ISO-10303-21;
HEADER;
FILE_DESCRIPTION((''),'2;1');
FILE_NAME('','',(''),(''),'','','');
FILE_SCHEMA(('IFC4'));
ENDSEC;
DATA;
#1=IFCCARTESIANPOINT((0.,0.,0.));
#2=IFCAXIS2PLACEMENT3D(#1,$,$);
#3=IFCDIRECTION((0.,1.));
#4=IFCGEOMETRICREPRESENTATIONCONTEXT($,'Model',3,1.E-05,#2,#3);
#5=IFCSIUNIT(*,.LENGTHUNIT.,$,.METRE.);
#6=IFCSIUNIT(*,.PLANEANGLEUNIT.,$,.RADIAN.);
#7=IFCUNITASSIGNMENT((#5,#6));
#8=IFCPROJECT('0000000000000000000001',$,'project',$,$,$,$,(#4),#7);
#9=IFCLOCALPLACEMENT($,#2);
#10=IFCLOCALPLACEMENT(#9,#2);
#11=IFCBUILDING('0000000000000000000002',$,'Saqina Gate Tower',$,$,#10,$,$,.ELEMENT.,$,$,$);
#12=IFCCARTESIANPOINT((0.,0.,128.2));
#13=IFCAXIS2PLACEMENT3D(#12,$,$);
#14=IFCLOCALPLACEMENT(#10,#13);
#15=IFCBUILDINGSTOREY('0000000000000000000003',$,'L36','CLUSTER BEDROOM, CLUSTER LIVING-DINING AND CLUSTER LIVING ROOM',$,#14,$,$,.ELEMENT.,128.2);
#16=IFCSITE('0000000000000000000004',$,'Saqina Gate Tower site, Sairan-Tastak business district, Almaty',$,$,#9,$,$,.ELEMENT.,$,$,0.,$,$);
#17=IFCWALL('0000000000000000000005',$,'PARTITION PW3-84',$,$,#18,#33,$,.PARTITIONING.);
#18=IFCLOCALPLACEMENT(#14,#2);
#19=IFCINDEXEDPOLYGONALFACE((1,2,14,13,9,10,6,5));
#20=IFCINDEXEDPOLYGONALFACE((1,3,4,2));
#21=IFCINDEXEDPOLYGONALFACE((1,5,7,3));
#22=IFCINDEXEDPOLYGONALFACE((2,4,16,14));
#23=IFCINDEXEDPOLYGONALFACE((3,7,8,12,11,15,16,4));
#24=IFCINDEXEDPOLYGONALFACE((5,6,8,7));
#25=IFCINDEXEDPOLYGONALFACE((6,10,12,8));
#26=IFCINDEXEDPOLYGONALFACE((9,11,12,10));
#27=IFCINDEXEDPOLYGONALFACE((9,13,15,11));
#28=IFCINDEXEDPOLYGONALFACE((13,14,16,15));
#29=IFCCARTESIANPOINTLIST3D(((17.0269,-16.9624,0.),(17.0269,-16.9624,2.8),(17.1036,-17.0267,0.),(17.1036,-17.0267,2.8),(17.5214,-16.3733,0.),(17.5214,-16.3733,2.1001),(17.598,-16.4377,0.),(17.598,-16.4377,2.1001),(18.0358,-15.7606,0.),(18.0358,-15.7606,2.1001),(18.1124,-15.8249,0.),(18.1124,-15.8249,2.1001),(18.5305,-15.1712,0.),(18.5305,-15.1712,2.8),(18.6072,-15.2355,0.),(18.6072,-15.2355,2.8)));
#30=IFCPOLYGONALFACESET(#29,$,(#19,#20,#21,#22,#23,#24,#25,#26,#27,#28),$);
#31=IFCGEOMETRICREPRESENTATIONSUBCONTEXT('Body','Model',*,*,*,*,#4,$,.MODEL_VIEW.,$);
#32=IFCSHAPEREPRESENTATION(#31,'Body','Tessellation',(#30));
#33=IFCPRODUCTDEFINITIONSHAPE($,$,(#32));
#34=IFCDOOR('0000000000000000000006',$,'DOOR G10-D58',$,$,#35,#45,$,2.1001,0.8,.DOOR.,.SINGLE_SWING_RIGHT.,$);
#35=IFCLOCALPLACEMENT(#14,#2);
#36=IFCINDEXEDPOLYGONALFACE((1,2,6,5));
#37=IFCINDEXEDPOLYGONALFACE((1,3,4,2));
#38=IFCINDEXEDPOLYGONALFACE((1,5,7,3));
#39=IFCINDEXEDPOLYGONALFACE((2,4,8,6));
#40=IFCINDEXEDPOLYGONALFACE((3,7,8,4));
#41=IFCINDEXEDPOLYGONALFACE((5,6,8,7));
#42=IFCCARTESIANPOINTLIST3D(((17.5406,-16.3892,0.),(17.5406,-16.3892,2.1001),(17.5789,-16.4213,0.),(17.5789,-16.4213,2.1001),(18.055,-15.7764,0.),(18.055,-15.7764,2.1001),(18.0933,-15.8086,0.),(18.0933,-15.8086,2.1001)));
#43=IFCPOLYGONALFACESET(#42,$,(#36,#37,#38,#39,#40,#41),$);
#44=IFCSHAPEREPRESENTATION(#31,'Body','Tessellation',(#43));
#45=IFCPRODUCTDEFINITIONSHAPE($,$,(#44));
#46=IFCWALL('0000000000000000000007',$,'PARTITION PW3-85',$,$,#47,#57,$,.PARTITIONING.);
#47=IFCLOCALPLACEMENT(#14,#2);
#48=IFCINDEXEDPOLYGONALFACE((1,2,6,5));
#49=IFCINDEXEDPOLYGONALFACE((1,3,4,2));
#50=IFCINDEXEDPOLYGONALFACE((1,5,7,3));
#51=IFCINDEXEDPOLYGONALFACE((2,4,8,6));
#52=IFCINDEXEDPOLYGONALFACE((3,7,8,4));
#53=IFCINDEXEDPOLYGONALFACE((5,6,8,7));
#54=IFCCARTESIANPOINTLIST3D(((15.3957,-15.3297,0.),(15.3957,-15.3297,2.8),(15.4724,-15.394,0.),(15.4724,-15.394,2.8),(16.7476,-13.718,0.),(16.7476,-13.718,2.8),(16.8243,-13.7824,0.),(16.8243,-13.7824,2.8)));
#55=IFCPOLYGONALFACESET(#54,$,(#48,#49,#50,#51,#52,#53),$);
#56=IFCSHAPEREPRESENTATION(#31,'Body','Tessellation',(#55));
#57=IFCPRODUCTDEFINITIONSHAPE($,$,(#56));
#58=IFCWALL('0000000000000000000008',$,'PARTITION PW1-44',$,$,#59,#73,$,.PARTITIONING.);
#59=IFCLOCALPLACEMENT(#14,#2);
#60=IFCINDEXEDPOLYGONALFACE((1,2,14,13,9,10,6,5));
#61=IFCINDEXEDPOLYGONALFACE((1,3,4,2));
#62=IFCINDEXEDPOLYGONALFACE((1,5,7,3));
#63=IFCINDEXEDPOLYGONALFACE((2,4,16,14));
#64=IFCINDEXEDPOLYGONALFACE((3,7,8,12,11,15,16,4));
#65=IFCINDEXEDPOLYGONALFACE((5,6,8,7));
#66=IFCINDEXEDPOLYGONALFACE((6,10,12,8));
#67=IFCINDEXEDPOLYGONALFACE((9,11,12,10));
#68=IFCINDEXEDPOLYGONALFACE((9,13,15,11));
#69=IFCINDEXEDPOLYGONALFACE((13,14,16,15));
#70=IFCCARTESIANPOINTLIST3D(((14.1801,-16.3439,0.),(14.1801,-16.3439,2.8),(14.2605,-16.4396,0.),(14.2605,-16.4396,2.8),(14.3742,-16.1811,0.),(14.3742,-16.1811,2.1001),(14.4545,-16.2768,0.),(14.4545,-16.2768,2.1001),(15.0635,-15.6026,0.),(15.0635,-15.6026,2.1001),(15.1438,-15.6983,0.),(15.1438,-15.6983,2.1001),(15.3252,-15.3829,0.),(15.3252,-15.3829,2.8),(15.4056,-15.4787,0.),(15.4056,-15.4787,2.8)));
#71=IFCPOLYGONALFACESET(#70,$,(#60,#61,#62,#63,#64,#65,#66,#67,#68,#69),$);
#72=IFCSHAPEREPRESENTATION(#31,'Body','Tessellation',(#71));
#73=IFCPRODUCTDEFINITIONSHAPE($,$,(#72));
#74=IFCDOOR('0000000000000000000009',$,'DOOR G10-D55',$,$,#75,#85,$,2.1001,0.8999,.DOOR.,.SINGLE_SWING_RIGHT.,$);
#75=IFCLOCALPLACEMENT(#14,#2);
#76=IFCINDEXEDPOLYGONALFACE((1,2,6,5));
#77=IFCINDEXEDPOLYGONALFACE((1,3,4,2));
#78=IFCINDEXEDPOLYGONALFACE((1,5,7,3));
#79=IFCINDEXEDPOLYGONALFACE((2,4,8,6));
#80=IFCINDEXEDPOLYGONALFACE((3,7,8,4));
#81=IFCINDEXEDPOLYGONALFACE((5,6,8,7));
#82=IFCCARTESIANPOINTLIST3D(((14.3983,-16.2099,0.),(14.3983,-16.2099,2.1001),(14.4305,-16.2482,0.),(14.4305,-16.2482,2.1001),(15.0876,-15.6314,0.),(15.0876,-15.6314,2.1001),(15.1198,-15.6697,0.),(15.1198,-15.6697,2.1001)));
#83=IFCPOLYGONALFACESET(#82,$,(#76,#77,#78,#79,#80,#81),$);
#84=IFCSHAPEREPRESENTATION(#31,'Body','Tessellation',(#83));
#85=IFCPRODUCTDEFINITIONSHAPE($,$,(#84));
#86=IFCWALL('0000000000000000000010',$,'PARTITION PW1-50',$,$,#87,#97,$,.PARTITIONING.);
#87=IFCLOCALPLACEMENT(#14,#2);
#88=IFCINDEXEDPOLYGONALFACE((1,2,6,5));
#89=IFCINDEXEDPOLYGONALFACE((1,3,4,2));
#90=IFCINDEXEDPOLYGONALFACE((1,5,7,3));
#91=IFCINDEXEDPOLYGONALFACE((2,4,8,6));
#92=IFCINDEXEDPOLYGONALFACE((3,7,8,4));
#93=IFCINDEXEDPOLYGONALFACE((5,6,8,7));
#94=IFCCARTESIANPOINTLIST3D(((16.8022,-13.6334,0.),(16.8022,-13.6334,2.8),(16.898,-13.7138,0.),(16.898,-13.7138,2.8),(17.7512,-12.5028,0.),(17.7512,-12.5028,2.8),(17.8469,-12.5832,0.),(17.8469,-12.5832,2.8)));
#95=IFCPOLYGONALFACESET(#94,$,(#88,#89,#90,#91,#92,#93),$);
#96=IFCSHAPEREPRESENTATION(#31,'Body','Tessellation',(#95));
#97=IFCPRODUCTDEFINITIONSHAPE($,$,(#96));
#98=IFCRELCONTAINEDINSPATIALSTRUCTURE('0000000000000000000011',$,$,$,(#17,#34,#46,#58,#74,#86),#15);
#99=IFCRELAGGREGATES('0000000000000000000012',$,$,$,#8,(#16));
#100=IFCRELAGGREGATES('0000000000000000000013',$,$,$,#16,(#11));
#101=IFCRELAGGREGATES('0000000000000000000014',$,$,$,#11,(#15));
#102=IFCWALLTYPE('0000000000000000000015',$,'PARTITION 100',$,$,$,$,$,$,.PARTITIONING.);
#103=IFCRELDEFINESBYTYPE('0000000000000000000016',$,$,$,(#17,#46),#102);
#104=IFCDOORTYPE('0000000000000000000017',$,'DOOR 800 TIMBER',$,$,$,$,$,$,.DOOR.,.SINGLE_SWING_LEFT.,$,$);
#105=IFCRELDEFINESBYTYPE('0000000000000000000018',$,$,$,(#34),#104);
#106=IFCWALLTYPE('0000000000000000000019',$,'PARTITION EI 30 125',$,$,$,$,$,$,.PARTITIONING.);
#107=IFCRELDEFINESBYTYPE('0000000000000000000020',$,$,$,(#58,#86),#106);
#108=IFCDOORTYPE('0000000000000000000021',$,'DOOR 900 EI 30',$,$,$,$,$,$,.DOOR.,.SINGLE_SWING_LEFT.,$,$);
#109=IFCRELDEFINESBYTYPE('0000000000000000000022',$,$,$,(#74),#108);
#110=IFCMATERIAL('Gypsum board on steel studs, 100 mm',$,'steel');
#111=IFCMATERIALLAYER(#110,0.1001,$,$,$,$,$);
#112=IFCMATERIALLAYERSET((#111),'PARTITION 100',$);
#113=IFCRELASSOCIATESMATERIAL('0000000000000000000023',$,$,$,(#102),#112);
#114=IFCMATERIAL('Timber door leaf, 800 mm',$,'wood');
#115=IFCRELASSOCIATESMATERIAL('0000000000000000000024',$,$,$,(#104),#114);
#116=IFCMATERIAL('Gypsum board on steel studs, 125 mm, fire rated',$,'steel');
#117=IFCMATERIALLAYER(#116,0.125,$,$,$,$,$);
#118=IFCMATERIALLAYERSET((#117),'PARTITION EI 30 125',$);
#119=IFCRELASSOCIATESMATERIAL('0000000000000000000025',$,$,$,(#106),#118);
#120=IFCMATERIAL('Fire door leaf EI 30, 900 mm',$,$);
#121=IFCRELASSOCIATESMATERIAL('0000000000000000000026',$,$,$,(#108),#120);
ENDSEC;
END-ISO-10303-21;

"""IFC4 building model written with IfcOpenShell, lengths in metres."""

from ifc_helpers import new_model, si_unit, direction, frame, frame_2d, origin, place, context, subcontext, project, spatial, rectangle, extrude, material, layer, layer_set, type_object, element, fill, save


model = new_model("IFC4")

# Units and contexts
model_context = context("Model", 3, precision=1e-05, world=origin(), true_north=direction((0.0, 1.0)))
body_context = subcontext(model_context, "Body", "Model", "MODEL_VIEW")
ifc_project = project(units=[si_unit("LENGTHUNIT", "METRE"), si_unit("PLANEANGLEUNIT", "RADIAN")], contexts=[model_context])

# Site, building, storey
site_placement = place(None, origin())
site = spatial("IfcSite", under=ifc_project, at=site_placement, Name="Saqina Gate Tower site, Sairan-Tastak business district, Almaty", CompositionType="ELEMENT", RefElevation=0.0)
building_placement = place(site_placement, origin())
building = spatial("IfcBuilding", under=site, at=building_placement, Name="Saqina Gate Tower", CompositionType="ELEMENT")
storey_placement = place(building_placement, frame((0.0, 0.0, 128.2)))
storey = spatial("IfcBuildingStorey", under=building, at=storey_placement, Name="L36", Description="CLUSTER BEDROOM, CLUSTER LIVING-DINING AND CLUSTER LIVING ROOM", CompositionType="ELEMENT", Elevation=128.2)

# Shared definitions
ifc_material_1 = material(Name="Gypsum board on steel studs, 100 mm", Category="steel")
ifc_layer_1 = layer(ifc_material_1, 0.1001)
ifc_layer_set_1 = layer_set([ifc_layer_1], Name="PARTITION 100")
wall_type_1 = type_object("IfcWallType", Name="PARTITION 100", PredefinedType="PARTITIONING", material=ifc_layer_set_1)

# Wall, opening, door
wall_1_placement = place(storey_placement, frame((17.0652, -16.9946, 0.0), z_axis=(0.0, 0.0, 1.0), x_axis=(0.642942, 0.765915, 0.0)))
wall_1 = element("IfcWall", 1, at=wall_1_placement, inside=storey, type_object=wall_type_1, Name="PARTITION PW3-84", PredefinedType="PARTITIONING", context=body_context, shape_type="SweptSolid", body=[
    extrude(rectangle(XDim=2.3386, YDim=0.1001, at=frame_2d((1.1694, 0.0))), origin(), (0.0, 0.0, 1.0), 2.8),
])
opening_1_placement = place(wall_1_placement, frame((0.7693, 0.0, 0.0)))
opening_1 = element("IfcOpeningElement", 2, at=opening_1_placement, cuts=wall_1, PredefinedType="OPENING", context=body_context, shape_type="SweptSolid", body=[
    extrude(rectangle(XDim=0.8, YDim=2.1001, at=frame_2d((0.3999, 1.05))), frame((0.0, 0.062, 0.0), z_axis=(0.0, -1.0, 0.0), x_axis=(1.0, 0.0, 0.0)), (0.0, 0.0, 1.0), 0.124),
])
ifc_material_2 = material(Name="Timber door leaf, 800 mm", Category="wood")
door_type_1 = type_object("IfcDoorType", Name="DOOR 800 TIMBER", OperationType="SINGLE_SWING_LEFT", PredefinedType="DOOR", material=ifc_material_2)
door_1_placement = place(opening_1_placement, frame((0.8, 0.0, 0.0), z_axis=(0.0, 0.0, 1.0), x_axis=(-1.0, 0.0, 0.0)))
door_1 = element("IfcDoor", 3, at=door_1_placement, inside=storey, type_object=door_type_1, Name="DOOR G10-D58", OperationType="SINGLE_SWING_RIGHT", OverallHeight=2.1001, OverallWidth=0.8, PredefinedType="DOOR", context=body_context, shape_type="SweptSolid", body=[
    extrude(rectangle(XDim=0.8, YDim=2.1001, at=frame_2d((0.3999, 1.05))), frame((0.0, 0.0249, 0.0), z_axis=(0.0, -1.0, 0.0), x_axis=(1.0, 0.0, 0.0)), (0.0, 0.0, 1.0), 0.05),
])
fill(opening_1, door_1)

# Wall
wall_2_placement = place(storey_placement, frame((15.4341, -15.3618, 0.0), z_axis=(0.0, 0.0, 1.0), x_axis=(0.642658, 0.766153, 0.0)))
element("IfcWall", 4, at=wall_2_placement, inside=storey, type_object=wall_type_1, Name="PARTITION PW3-85", PredefinedType="PARTITIONING", context=body_context, shape_type="SweptSolid", body=[
    extrude(rectangle(XDim=2.1035, YDim=0.1001, at=frame_2d((1.0518, 0.0))), origin(), (0.0, 0.0, 1.0), 2.8),
])

# Wall, opening, door
ifc_material_3 = material(Name="Gypsum board on steel studs, 125 mm, fire rated", Category="steel")
ifc_layer_2 = layer(ifc_material_3, 0.125)
ifc_layer_set_2 = layer_set([ifc_layer_2], Name="PARTITION EI 30 125")
wall_type_2 = type_object("IfcWallType", Name="PARTITION EI 30 125", PredefinedType="PARTITIONING", material=ifc_layer_set_2)
wall_3_placement = place(storey_placement, frame((14.2202, -16.3918, 0.0), z_axis=(0.0, 0.0, 1.0), x_axis=(0.765994, 0.642847, 0.0)))
wall_3 = element("IfcWall", 5, at=wall_3_placement, inside=storey, type_object=wall_type_2, Name="PARTITION PW1-44", PredefinedType="PARTITIONING", context=body_context, shape_type="SweptSolid", body=[
    extrude(rectangle(XDim=1.4949, YDim=0.125, at=frame_2d((0.7476, 0.0))), origin(), (0.0, 0.0, 1.0), 2.8),
])
opening_2_placement = place(wall_3_placement, frame((0.2534, 0.0, 0.0)))
opening_2 = element("IfcOpeningElement", 6, at=opening_2_placement, cuts=wall_3, PredefinedType="OPENING", context=body_context, shape_type="SweptSolid", body=[
    extrude(rectangle(XDim=0.8999, YDim=2.1001, at=frame_2d((0.45, 1.05))), frame((0.0, 0.0745, 0.0), z_axis=(0.0, -1.0, 0.0), x_axis=(1.0, 0.0, 0.0)), (0.0, 0.0, 1.0), 0.1489),
])
ifc_material_4 = material(Name="Fire door leaf EI 30, 900 mm")
door_type_2 = type_object("IfcDoorType", Name="DOOR 900 EI 30", OperationType="SINGLE_SWING_LEFT", PredefinedType="DOOR", material=ifc_material_4)
door_2_placement = place(opening_2_placement, origin())
door_2 = element("IfcDoor", 7, at=door_2_placement, inside=storey, type_object=door_type_2, Name="DOOR G10-D55", OperationType="SINGLE_SWING_RIGHT", OverallHeight=2.1001, OverallWidth=0.8999, PredefinedType="DOOR", context=body_context, shape_type="SweptSolid", body=[
    extrude(rectangle(XDim=0.8999, YDim=2.1001, at=frame_2d((0.45, 1.05))), frame((0.0, 0.0249, 0.0), z_axis=(0.0, -1.0, 0.0), x_axis=(1.0, 0.0, 0.0)), (0.0, 0.0, 1.0), 0.05),
])
fill(opening_2, door_2)

# Wall
wall_4_placement = place(storey_placement, frame((16.8501, -13.6736, 0.0), z_axis=(0.0, 0.0, 1.0), x_axis=(0.642897, 0.765952, 0.0)))
element("IfcWall", 8, at=wall_4_placement, inside=storey, type_object=wall_type_2, Name="PARTITION PW1-50", PredefinedType="PARTITIONING", context=body_context, shape_type="SweptSolid", body=[
    extrude(rectangle(XDim=1.4761, YDim=0.125, at=frame_2d((0.738, 0.0))), origin(), (0.0, 0.0, 1.0), 2.8),
])

save(model, "model.ifc")
